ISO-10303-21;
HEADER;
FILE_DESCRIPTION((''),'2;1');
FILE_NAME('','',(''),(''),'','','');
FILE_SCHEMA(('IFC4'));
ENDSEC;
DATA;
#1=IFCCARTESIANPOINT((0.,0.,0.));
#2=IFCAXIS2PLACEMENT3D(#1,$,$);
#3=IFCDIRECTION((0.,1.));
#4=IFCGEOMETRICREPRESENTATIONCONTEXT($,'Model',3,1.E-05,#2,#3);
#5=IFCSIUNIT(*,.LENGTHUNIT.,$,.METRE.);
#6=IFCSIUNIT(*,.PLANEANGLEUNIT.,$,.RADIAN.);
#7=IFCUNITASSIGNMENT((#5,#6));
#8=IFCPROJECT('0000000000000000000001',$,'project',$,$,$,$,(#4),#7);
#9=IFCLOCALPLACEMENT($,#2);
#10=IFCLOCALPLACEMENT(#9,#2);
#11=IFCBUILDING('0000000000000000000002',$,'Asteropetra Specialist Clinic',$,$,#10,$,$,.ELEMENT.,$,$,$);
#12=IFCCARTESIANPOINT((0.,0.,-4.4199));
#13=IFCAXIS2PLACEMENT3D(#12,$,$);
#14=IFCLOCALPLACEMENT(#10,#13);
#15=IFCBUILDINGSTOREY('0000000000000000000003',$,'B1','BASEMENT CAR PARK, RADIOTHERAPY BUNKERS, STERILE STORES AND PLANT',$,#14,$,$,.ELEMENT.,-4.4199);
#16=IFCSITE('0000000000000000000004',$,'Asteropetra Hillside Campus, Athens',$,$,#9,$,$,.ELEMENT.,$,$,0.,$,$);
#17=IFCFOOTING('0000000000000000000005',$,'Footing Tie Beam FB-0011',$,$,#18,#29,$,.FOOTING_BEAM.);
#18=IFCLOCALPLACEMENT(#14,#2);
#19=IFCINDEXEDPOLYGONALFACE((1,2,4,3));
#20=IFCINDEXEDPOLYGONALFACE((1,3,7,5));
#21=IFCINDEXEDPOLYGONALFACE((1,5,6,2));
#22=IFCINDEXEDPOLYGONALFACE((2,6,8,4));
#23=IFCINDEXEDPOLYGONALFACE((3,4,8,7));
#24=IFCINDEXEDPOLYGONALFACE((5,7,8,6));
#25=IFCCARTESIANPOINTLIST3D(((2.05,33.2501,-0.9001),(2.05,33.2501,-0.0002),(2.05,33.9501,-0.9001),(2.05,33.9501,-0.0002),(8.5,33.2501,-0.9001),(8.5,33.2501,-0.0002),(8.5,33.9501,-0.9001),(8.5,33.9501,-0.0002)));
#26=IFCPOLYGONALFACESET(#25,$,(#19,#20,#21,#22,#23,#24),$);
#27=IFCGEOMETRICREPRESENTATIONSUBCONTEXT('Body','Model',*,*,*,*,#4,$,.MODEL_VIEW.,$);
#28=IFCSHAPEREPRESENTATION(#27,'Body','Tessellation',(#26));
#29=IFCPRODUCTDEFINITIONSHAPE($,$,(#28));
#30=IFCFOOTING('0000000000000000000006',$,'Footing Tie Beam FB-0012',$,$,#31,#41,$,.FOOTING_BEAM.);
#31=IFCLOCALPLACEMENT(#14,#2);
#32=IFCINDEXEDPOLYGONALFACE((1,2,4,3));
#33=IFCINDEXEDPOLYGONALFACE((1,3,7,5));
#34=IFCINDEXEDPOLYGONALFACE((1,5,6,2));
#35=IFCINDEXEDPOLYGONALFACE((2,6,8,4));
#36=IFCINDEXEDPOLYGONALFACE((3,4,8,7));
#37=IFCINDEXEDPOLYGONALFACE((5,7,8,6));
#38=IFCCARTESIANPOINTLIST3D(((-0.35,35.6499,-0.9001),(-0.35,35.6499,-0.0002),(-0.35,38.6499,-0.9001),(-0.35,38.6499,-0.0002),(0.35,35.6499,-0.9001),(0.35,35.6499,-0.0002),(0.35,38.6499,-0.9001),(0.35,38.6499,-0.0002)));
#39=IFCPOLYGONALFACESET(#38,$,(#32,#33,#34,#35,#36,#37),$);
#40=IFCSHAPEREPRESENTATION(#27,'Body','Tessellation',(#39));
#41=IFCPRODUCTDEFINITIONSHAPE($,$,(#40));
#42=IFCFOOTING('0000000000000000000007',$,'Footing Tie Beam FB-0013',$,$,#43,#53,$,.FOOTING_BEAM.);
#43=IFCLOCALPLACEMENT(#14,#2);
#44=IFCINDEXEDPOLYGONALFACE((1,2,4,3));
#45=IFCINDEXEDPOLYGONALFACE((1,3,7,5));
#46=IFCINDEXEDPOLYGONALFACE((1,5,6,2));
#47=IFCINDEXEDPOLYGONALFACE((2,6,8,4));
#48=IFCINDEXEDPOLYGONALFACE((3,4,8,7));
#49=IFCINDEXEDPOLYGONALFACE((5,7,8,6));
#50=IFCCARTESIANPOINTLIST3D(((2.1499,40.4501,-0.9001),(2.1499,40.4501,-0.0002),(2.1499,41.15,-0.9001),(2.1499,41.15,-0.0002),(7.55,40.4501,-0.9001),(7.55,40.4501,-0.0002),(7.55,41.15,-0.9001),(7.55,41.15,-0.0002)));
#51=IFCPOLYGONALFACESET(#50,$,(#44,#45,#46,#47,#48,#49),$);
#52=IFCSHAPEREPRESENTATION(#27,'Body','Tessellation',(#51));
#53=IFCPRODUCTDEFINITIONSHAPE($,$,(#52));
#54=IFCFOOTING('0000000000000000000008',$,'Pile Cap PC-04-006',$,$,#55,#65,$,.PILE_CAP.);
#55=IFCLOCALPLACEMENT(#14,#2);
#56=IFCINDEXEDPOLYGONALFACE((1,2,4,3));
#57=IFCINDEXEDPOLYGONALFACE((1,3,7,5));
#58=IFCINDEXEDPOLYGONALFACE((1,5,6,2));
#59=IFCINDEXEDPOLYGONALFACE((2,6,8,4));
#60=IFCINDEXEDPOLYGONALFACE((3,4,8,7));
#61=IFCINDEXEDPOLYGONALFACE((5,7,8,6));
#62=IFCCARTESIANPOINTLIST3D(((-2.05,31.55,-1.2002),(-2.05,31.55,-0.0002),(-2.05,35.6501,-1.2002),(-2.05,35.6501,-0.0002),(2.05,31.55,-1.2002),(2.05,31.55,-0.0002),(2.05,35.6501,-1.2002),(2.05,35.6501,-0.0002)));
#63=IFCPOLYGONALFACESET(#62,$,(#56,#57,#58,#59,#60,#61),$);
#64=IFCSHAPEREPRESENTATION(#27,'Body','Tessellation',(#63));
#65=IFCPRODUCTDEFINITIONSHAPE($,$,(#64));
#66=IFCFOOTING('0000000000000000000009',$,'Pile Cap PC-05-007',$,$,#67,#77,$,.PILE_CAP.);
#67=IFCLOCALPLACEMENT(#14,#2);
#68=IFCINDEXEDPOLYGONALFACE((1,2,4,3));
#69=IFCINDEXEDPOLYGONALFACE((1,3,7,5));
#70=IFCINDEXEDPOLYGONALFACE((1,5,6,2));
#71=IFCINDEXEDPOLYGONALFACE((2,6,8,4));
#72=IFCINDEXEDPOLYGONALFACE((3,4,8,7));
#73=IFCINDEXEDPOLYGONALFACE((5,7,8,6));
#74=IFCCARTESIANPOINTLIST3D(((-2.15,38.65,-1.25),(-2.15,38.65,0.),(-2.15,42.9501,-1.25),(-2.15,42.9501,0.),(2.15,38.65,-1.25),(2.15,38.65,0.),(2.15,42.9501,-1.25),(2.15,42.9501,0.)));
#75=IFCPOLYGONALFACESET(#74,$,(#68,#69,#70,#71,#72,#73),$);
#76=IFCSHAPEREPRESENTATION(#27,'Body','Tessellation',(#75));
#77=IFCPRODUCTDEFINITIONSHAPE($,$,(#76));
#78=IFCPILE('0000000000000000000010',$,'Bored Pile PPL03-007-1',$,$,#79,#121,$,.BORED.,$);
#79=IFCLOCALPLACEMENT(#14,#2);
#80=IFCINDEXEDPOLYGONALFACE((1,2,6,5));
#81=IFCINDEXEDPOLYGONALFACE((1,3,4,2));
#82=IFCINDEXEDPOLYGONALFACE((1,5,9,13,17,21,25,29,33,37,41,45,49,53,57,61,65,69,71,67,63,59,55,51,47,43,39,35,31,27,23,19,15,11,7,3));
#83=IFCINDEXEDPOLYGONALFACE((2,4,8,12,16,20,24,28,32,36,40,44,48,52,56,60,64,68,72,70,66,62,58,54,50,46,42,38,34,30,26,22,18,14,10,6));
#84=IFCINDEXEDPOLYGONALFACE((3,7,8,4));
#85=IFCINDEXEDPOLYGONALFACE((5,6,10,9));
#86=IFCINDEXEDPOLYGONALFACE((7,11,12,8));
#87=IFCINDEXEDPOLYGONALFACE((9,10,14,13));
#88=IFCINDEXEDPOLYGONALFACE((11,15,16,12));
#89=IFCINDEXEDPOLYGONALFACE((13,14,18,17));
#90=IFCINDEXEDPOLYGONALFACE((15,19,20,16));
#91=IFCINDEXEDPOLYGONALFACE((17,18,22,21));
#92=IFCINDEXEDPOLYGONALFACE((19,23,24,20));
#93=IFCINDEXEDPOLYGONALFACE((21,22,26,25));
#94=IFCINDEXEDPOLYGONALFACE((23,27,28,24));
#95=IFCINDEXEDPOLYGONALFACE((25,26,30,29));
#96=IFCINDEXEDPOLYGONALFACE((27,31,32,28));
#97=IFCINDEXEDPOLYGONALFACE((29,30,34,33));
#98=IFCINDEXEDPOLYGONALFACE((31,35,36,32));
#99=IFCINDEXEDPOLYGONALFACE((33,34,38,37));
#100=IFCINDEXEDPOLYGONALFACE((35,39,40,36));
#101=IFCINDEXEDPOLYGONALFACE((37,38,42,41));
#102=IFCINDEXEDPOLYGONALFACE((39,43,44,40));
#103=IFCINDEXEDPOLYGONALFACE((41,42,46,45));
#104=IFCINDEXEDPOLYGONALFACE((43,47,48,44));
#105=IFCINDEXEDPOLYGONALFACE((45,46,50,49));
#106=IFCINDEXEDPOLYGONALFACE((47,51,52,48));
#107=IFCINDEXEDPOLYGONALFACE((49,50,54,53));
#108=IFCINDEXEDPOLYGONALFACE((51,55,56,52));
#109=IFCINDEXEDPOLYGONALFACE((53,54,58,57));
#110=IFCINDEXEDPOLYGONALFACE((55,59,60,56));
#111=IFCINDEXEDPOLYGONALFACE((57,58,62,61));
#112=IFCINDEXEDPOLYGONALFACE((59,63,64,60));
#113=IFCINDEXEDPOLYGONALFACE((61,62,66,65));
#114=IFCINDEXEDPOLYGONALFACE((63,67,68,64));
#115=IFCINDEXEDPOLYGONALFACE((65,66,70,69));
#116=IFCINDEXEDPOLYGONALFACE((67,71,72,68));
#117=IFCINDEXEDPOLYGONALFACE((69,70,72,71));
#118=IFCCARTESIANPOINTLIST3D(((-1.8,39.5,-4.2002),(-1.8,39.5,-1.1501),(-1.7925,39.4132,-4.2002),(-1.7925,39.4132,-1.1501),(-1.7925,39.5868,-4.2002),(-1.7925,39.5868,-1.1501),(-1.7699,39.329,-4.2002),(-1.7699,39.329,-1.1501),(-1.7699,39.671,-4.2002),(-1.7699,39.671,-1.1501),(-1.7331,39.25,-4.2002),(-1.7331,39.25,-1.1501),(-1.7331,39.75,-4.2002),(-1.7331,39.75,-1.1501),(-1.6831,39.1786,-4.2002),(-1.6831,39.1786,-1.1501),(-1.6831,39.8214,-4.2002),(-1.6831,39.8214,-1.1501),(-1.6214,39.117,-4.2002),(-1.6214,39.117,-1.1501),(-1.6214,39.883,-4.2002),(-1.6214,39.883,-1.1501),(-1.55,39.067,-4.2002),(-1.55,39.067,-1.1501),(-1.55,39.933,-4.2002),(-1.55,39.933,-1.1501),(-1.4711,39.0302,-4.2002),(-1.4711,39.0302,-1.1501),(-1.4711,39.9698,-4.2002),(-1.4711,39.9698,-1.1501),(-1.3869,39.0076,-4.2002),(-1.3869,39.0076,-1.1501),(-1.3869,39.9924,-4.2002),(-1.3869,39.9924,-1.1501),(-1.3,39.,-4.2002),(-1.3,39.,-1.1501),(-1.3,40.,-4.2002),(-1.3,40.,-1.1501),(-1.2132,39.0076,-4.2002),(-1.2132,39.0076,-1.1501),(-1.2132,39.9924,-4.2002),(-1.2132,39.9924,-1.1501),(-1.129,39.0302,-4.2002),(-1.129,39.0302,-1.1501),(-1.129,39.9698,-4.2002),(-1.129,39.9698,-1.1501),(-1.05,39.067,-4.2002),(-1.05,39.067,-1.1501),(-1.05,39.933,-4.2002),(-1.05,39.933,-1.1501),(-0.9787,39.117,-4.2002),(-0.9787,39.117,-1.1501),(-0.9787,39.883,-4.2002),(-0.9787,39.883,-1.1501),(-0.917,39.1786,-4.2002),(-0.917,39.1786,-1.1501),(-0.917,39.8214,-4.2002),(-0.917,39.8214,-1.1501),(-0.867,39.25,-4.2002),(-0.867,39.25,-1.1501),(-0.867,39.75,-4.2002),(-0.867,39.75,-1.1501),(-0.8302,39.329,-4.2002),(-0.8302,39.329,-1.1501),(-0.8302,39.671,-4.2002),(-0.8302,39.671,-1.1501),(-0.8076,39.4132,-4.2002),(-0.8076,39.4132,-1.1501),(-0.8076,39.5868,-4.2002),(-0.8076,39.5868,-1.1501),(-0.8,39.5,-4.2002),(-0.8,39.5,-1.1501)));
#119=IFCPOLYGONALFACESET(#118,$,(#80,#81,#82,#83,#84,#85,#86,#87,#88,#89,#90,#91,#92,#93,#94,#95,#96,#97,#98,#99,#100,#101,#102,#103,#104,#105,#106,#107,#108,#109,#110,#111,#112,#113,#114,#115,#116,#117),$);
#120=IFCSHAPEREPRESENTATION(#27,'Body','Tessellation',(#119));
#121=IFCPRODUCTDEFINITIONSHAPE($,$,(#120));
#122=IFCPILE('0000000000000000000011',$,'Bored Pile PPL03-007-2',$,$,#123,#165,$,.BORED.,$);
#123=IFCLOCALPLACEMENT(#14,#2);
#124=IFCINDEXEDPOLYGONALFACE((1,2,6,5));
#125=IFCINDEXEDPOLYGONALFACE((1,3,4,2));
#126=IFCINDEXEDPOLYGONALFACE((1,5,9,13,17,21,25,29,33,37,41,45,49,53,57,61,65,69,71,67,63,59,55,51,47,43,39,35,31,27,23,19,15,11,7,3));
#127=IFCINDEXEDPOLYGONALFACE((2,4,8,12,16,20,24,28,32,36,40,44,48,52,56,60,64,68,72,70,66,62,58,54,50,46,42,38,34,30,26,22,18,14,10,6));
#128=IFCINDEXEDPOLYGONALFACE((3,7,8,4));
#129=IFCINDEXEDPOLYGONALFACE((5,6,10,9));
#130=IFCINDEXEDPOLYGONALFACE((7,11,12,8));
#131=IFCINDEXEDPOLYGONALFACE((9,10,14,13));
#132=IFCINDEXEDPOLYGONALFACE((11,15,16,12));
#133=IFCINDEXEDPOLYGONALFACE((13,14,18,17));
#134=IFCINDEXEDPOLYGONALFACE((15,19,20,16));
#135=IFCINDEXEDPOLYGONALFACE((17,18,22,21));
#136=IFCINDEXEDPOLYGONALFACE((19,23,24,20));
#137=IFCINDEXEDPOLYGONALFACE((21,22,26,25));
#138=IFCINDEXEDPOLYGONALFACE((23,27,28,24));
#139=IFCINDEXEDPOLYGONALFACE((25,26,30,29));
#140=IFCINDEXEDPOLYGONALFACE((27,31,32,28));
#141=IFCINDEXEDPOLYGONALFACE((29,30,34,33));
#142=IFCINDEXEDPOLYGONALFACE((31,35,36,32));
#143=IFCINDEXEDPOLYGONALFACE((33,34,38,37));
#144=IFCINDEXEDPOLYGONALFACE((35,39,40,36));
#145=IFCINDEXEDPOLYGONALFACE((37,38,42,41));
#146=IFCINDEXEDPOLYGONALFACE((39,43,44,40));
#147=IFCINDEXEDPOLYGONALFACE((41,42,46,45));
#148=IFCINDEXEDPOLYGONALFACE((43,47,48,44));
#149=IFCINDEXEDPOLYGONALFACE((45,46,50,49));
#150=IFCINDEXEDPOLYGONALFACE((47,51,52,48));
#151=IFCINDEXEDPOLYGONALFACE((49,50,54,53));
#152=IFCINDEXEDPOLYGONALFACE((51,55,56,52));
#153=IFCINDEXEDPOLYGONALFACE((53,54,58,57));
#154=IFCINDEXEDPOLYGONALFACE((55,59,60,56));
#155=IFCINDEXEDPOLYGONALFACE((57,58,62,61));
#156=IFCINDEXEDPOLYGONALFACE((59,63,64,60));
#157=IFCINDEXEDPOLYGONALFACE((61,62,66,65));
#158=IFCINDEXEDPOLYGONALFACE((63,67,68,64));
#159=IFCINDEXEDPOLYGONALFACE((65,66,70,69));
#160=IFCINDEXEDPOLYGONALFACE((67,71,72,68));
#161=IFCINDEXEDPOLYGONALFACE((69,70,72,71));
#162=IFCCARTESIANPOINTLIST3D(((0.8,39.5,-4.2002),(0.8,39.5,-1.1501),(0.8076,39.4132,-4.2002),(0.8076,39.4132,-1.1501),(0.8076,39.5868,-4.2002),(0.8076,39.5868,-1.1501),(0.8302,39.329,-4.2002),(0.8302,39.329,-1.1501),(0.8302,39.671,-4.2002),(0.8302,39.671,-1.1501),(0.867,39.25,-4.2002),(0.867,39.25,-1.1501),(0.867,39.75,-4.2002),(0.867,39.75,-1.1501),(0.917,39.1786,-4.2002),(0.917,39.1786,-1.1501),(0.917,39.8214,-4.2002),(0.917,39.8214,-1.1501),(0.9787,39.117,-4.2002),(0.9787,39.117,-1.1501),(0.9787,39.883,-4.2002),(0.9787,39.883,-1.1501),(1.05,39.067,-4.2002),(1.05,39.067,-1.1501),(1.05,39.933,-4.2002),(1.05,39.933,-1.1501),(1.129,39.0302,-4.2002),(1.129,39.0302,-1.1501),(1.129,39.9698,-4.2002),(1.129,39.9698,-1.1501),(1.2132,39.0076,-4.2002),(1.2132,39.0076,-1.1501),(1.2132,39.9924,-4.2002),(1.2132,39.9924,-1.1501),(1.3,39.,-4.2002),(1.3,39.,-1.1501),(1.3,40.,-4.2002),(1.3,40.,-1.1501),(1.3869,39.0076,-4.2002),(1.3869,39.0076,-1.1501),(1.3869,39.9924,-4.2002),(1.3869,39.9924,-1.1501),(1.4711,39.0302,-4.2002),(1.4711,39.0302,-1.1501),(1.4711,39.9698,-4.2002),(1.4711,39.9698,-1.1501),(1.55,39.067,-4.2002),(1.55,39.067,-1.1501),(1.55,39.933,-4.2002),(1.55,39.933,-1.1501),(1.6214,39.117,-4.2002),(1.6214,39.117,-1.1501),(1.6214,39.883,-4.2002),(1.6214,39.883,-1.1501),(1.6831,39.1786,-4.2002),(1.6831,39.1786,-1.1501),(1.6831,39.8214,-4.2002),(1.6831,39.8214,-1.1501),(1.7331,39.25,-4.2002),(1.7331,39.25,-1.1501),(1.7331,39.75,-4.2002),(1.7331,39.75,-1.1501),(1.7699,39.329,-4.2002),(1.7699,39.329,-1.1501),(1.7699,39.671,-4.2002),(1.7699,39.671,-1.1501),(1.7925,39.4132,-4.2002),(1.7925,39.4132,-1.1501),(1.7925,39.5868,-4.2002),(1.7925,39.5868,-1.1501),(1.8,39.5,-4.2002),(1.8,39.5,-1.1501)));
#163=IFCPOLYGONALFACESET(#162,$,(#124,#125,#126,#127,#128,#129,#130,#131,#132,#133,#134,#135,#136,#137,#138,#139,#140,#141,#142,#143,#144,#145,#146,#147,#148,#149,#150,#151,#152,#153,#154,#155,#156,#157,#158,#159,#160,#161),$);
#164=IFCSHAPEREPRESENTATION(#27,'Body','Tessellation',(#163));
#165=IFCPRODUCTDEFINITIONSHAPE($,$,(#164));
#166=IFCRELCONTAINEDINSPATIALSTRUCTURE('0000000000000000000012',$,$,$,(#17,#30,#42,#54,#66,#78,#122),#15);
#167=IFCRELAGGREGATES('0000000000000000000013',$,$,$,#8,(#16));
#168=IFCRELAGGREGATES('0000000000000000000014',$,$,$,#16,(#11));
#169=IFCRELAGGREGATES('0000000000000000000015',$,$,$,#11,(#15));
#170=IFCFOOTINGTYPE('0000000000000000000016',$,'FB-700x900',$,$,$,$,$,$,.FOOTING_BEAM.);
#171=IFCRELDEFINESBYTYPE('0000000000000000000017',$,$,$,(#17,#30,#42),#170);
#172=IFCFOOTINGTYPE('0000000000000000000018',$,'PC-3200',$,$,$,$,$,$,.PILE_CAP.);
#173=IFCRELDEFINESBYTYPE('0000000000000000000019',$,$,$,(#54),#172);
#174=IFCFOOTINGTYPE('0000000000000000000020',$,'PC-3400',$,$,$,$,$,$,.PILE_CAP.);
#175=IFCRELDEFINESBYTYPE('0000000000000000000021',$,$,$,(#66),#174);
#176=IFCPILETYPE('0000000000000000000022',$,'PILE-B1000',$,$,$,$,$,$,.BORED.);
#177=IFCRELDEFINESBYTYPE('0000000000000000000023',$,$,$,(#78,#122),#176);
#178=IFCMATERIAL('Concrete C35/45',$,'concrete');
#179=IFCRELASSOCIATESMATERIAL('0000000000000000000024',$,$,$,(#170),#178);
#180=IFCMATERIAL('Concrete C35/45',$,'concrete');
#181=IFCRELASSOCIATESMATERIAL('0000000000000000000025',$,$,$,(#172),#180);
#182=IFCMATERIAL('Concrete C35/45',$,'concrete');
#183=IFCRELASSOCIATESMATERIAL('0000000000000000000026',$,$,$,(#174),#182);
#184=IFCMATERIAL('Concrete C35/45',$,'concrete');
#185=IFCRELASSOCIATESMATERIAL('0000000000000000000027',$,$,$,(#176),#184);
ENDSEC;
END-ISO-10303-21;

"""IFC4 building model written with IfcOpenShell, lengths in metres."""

from ifc_helpers import new_model, si_unit, direction, frame, origin, origin_2d, place, context, subcontext, project, spatial, rectangle, circle, extrude, material, material_profile, profile_set, type_object, element, save


model = new_model("IFC4")

# Units and contexts
model_context = context("Model", 3, precision=1e-05, world=origin(), true_north=direction((0.0, 1.0)))
body_context = subcontext(model_context, "Body", "Model", "MODEL_VIEW")
ifc_project = project(units=[si_unit("LENGTHUNIT", "METRE"), si_unit("PLANEANGLEUNIT", "RADIAN")], contexts=[model_context])

# Site, building, storey
site_placement = place(None, origin())
site = spatial("IfcSite", under=ifc_project, at=site_placement, Name="Asteropetra Hillside Campus, Athens", CompositionType="ELEMENT", RefElevation=0.0)
building_placement = place(site_placement, origin())
building = spatial("IfcBuilding", under=site, at=building_placement, Name="Asteropetra Specialist Clinic", CompositionType="ELEMENT")
storey_placement = place(building_placement, frame((0.0, 0.0, -4.4199)))
storey = spatial("IfcBuildingStorey", under=building, at=storey_placement, Name="B1", Description="BASEMENT CAR PARK, RADIOTHERAPY BUNKERS, STERILE STORES AND PLANT", CompositionType="ELEMENT", Elevation=-4.4199)

# Footings
ifc_material_1 = material(Name="Concrete C35/45", Category="concrete")
ifc_material_profile_1 = material_profile(ifc_material_1, rectangle(XDim=0.7, YDim=0.8999, at=origin_2d()), Name="FB 700x900")
ifc_profile_set_1 = profile_set([ifc_material_profile_1], Name="Concrete C35/45")
footing_type_1 = type_object("IfcFootingType", Name="FB-700x900", PredefinedType="FOOTING_BEAM", material=ifc_profile_set_1)
footing_1_placement = place(storey_placement, frame((2.05, 33.6001, -0.4502), z_axis=(1.0, 0.0, 0.0), x_axis=(0.0, 1.0, 0.0)))
element("IfcFooting", 1, at=footing_1_placement, inside=storey, type_object=footing_type_1, Name="Footing Tie Beam FB-0011", PredefinedType="FOOTING_BEAM", context=body_context, shape_type="SweptSolid", body=[
    extrude(rectangle(XDim=0.7, YDim=0.8999, at=origin_2d()), origin(), (0.0, 0.0, 1.0), 6.45),
])
footing_2_placement = place(storey_placement, frame((0.0, 35.6499, -0.4502), z_axis=(0.0, 1.0, 0.0), x_axis=(-1.0, 0.0, 0.0)))
element("IfcFooting", 2, at=footing_2_placement, inside=storey, type_object=footing_type_1, Name="Footing Tie Beam FB-0012", PredefinedType="FOOTING_BEAM", context=body_context, shape_type="SweptSolid", body=[
    extrude(rectangle(XDim=0.7, YDim=0.8999, at=origin_2d()), origin(), (0.0, 0.0, 1.0), 3.0),
])
footing_3_placement = place(storey_placement, frame((2.1499, 40.8, -0.4502), z_axis=(1.0, 0.0, 0.0), x_axis=(0.0, 1.0, 0.0)))
element("IfcFooting", 3, at=footing_3_placement, inside=storey, type_object=footing_type_1, Name="Footing Tie Beam FB-0013", PredefinedType="FOOTING_BEAM", context=body_context, shape_type="SweptSolid", body=[
    extrude(rectangle(XDim=0.7, YDim=0.8999, at=origin_2d()), origin(), (0.0, 0.0, 1.0), 5.4001),
])
ifc_material_2 = material(Name="Concrete C35/45", Category="concrete")
footing_type_2 = type_object("IfcFootingType", Name="PC-3200", PredefinedType="PILE_CAP", material=ifc_material_2)
footing_4_placement = place(storey_placement, frame((0.0, 33.6001, -1.2002), z_axis=(0.0, 0.0, 1.0), x_axis=(1.0, 0.0, 0.0)))
element("IfcFooting", 4, at=footing_4_placement, inside=storey, type_object=footing_type_2, Name="Pile Cap PC-04-006", PredefinedType="PILE_CAP", context=body_context, shape_type="SweptSolid", body=[
    extrude(rectangle(XDim=4.1001, YDim=4.1001, at=origin_2d()), origin(), (0.0, 0.0, 1.0), 1.2),
])
ifc_material_3 = material(Name="Concrete C35/45", Category="concrete")
footing_type_3 = type_object("IfcFootingType", Name="PC-3400", PredefinedType="PILE_CAP", material=ifc_material_3)
footing_5_placement = place(storey_placement, frame((0.0, 40.8, -1.25), z_axis=(0.0, 0.0, 1.0), x_axis=(1.0, 0.0, 0.0)))
element("IfcFooting", 5, at=footing_5_placement, inside=storey, type_object=footing_type_3, Name="Pile Cap PC-05-007", PredefinedType="PILE_CAP", context=body_context, shape_type="SweptSolid", body=[
    extrude(rectangle(XDim=4.3, YDim=4.3, at=origin_2d()), origin(), (0.0, 0.0, 1.0), 1.25),
])

# Piles
ifc_material_4 = material(Name="Concrete C35/45", Category="concrete")
ifc_material_profile_2 = material_profile(ifc_material_4, circle(Radius=0.5, at=origin_2d()), Name="PILE D1000")
ifc_profile_set_2 = profile_set([ifc_material_profile_2], Name="Concrete C35/45")
pile_type_1 = type_object("IfcPileType", Name="PILE-B1000", PredefinedType="BORED", material=ifc_profile_set_2)
for number, where, z_axis, x_axis, name in (
    (6, (-1.3, 39.5, -1.1501), (0.0, 0.0, -1.0), (1.0, 0.0, 0.0), "Bored Pile PPL03-007-1"),
    (7, (1.3, 39.5, -1.1501), (0.0, 0.0, -1.0), (1.0, 0.0, 0.0), "Bored Pile PPL03-007-2"),
):
    element("IfcPile", number, at=place(storey_placement, frame(where, z_axis=z_axis, x_axis=x_axis)), inside=storey, type_object=pile_type_1, Name=name, PredefinedType="BORED", context=body_context, shape_type="SweptSolid", body=[
        extrude(circle(Radius=0.5, at=origin_2d()), origin(), (0.0, 0.0, 1.0), 3.05),
    ])

save(model, "model.ifc")
